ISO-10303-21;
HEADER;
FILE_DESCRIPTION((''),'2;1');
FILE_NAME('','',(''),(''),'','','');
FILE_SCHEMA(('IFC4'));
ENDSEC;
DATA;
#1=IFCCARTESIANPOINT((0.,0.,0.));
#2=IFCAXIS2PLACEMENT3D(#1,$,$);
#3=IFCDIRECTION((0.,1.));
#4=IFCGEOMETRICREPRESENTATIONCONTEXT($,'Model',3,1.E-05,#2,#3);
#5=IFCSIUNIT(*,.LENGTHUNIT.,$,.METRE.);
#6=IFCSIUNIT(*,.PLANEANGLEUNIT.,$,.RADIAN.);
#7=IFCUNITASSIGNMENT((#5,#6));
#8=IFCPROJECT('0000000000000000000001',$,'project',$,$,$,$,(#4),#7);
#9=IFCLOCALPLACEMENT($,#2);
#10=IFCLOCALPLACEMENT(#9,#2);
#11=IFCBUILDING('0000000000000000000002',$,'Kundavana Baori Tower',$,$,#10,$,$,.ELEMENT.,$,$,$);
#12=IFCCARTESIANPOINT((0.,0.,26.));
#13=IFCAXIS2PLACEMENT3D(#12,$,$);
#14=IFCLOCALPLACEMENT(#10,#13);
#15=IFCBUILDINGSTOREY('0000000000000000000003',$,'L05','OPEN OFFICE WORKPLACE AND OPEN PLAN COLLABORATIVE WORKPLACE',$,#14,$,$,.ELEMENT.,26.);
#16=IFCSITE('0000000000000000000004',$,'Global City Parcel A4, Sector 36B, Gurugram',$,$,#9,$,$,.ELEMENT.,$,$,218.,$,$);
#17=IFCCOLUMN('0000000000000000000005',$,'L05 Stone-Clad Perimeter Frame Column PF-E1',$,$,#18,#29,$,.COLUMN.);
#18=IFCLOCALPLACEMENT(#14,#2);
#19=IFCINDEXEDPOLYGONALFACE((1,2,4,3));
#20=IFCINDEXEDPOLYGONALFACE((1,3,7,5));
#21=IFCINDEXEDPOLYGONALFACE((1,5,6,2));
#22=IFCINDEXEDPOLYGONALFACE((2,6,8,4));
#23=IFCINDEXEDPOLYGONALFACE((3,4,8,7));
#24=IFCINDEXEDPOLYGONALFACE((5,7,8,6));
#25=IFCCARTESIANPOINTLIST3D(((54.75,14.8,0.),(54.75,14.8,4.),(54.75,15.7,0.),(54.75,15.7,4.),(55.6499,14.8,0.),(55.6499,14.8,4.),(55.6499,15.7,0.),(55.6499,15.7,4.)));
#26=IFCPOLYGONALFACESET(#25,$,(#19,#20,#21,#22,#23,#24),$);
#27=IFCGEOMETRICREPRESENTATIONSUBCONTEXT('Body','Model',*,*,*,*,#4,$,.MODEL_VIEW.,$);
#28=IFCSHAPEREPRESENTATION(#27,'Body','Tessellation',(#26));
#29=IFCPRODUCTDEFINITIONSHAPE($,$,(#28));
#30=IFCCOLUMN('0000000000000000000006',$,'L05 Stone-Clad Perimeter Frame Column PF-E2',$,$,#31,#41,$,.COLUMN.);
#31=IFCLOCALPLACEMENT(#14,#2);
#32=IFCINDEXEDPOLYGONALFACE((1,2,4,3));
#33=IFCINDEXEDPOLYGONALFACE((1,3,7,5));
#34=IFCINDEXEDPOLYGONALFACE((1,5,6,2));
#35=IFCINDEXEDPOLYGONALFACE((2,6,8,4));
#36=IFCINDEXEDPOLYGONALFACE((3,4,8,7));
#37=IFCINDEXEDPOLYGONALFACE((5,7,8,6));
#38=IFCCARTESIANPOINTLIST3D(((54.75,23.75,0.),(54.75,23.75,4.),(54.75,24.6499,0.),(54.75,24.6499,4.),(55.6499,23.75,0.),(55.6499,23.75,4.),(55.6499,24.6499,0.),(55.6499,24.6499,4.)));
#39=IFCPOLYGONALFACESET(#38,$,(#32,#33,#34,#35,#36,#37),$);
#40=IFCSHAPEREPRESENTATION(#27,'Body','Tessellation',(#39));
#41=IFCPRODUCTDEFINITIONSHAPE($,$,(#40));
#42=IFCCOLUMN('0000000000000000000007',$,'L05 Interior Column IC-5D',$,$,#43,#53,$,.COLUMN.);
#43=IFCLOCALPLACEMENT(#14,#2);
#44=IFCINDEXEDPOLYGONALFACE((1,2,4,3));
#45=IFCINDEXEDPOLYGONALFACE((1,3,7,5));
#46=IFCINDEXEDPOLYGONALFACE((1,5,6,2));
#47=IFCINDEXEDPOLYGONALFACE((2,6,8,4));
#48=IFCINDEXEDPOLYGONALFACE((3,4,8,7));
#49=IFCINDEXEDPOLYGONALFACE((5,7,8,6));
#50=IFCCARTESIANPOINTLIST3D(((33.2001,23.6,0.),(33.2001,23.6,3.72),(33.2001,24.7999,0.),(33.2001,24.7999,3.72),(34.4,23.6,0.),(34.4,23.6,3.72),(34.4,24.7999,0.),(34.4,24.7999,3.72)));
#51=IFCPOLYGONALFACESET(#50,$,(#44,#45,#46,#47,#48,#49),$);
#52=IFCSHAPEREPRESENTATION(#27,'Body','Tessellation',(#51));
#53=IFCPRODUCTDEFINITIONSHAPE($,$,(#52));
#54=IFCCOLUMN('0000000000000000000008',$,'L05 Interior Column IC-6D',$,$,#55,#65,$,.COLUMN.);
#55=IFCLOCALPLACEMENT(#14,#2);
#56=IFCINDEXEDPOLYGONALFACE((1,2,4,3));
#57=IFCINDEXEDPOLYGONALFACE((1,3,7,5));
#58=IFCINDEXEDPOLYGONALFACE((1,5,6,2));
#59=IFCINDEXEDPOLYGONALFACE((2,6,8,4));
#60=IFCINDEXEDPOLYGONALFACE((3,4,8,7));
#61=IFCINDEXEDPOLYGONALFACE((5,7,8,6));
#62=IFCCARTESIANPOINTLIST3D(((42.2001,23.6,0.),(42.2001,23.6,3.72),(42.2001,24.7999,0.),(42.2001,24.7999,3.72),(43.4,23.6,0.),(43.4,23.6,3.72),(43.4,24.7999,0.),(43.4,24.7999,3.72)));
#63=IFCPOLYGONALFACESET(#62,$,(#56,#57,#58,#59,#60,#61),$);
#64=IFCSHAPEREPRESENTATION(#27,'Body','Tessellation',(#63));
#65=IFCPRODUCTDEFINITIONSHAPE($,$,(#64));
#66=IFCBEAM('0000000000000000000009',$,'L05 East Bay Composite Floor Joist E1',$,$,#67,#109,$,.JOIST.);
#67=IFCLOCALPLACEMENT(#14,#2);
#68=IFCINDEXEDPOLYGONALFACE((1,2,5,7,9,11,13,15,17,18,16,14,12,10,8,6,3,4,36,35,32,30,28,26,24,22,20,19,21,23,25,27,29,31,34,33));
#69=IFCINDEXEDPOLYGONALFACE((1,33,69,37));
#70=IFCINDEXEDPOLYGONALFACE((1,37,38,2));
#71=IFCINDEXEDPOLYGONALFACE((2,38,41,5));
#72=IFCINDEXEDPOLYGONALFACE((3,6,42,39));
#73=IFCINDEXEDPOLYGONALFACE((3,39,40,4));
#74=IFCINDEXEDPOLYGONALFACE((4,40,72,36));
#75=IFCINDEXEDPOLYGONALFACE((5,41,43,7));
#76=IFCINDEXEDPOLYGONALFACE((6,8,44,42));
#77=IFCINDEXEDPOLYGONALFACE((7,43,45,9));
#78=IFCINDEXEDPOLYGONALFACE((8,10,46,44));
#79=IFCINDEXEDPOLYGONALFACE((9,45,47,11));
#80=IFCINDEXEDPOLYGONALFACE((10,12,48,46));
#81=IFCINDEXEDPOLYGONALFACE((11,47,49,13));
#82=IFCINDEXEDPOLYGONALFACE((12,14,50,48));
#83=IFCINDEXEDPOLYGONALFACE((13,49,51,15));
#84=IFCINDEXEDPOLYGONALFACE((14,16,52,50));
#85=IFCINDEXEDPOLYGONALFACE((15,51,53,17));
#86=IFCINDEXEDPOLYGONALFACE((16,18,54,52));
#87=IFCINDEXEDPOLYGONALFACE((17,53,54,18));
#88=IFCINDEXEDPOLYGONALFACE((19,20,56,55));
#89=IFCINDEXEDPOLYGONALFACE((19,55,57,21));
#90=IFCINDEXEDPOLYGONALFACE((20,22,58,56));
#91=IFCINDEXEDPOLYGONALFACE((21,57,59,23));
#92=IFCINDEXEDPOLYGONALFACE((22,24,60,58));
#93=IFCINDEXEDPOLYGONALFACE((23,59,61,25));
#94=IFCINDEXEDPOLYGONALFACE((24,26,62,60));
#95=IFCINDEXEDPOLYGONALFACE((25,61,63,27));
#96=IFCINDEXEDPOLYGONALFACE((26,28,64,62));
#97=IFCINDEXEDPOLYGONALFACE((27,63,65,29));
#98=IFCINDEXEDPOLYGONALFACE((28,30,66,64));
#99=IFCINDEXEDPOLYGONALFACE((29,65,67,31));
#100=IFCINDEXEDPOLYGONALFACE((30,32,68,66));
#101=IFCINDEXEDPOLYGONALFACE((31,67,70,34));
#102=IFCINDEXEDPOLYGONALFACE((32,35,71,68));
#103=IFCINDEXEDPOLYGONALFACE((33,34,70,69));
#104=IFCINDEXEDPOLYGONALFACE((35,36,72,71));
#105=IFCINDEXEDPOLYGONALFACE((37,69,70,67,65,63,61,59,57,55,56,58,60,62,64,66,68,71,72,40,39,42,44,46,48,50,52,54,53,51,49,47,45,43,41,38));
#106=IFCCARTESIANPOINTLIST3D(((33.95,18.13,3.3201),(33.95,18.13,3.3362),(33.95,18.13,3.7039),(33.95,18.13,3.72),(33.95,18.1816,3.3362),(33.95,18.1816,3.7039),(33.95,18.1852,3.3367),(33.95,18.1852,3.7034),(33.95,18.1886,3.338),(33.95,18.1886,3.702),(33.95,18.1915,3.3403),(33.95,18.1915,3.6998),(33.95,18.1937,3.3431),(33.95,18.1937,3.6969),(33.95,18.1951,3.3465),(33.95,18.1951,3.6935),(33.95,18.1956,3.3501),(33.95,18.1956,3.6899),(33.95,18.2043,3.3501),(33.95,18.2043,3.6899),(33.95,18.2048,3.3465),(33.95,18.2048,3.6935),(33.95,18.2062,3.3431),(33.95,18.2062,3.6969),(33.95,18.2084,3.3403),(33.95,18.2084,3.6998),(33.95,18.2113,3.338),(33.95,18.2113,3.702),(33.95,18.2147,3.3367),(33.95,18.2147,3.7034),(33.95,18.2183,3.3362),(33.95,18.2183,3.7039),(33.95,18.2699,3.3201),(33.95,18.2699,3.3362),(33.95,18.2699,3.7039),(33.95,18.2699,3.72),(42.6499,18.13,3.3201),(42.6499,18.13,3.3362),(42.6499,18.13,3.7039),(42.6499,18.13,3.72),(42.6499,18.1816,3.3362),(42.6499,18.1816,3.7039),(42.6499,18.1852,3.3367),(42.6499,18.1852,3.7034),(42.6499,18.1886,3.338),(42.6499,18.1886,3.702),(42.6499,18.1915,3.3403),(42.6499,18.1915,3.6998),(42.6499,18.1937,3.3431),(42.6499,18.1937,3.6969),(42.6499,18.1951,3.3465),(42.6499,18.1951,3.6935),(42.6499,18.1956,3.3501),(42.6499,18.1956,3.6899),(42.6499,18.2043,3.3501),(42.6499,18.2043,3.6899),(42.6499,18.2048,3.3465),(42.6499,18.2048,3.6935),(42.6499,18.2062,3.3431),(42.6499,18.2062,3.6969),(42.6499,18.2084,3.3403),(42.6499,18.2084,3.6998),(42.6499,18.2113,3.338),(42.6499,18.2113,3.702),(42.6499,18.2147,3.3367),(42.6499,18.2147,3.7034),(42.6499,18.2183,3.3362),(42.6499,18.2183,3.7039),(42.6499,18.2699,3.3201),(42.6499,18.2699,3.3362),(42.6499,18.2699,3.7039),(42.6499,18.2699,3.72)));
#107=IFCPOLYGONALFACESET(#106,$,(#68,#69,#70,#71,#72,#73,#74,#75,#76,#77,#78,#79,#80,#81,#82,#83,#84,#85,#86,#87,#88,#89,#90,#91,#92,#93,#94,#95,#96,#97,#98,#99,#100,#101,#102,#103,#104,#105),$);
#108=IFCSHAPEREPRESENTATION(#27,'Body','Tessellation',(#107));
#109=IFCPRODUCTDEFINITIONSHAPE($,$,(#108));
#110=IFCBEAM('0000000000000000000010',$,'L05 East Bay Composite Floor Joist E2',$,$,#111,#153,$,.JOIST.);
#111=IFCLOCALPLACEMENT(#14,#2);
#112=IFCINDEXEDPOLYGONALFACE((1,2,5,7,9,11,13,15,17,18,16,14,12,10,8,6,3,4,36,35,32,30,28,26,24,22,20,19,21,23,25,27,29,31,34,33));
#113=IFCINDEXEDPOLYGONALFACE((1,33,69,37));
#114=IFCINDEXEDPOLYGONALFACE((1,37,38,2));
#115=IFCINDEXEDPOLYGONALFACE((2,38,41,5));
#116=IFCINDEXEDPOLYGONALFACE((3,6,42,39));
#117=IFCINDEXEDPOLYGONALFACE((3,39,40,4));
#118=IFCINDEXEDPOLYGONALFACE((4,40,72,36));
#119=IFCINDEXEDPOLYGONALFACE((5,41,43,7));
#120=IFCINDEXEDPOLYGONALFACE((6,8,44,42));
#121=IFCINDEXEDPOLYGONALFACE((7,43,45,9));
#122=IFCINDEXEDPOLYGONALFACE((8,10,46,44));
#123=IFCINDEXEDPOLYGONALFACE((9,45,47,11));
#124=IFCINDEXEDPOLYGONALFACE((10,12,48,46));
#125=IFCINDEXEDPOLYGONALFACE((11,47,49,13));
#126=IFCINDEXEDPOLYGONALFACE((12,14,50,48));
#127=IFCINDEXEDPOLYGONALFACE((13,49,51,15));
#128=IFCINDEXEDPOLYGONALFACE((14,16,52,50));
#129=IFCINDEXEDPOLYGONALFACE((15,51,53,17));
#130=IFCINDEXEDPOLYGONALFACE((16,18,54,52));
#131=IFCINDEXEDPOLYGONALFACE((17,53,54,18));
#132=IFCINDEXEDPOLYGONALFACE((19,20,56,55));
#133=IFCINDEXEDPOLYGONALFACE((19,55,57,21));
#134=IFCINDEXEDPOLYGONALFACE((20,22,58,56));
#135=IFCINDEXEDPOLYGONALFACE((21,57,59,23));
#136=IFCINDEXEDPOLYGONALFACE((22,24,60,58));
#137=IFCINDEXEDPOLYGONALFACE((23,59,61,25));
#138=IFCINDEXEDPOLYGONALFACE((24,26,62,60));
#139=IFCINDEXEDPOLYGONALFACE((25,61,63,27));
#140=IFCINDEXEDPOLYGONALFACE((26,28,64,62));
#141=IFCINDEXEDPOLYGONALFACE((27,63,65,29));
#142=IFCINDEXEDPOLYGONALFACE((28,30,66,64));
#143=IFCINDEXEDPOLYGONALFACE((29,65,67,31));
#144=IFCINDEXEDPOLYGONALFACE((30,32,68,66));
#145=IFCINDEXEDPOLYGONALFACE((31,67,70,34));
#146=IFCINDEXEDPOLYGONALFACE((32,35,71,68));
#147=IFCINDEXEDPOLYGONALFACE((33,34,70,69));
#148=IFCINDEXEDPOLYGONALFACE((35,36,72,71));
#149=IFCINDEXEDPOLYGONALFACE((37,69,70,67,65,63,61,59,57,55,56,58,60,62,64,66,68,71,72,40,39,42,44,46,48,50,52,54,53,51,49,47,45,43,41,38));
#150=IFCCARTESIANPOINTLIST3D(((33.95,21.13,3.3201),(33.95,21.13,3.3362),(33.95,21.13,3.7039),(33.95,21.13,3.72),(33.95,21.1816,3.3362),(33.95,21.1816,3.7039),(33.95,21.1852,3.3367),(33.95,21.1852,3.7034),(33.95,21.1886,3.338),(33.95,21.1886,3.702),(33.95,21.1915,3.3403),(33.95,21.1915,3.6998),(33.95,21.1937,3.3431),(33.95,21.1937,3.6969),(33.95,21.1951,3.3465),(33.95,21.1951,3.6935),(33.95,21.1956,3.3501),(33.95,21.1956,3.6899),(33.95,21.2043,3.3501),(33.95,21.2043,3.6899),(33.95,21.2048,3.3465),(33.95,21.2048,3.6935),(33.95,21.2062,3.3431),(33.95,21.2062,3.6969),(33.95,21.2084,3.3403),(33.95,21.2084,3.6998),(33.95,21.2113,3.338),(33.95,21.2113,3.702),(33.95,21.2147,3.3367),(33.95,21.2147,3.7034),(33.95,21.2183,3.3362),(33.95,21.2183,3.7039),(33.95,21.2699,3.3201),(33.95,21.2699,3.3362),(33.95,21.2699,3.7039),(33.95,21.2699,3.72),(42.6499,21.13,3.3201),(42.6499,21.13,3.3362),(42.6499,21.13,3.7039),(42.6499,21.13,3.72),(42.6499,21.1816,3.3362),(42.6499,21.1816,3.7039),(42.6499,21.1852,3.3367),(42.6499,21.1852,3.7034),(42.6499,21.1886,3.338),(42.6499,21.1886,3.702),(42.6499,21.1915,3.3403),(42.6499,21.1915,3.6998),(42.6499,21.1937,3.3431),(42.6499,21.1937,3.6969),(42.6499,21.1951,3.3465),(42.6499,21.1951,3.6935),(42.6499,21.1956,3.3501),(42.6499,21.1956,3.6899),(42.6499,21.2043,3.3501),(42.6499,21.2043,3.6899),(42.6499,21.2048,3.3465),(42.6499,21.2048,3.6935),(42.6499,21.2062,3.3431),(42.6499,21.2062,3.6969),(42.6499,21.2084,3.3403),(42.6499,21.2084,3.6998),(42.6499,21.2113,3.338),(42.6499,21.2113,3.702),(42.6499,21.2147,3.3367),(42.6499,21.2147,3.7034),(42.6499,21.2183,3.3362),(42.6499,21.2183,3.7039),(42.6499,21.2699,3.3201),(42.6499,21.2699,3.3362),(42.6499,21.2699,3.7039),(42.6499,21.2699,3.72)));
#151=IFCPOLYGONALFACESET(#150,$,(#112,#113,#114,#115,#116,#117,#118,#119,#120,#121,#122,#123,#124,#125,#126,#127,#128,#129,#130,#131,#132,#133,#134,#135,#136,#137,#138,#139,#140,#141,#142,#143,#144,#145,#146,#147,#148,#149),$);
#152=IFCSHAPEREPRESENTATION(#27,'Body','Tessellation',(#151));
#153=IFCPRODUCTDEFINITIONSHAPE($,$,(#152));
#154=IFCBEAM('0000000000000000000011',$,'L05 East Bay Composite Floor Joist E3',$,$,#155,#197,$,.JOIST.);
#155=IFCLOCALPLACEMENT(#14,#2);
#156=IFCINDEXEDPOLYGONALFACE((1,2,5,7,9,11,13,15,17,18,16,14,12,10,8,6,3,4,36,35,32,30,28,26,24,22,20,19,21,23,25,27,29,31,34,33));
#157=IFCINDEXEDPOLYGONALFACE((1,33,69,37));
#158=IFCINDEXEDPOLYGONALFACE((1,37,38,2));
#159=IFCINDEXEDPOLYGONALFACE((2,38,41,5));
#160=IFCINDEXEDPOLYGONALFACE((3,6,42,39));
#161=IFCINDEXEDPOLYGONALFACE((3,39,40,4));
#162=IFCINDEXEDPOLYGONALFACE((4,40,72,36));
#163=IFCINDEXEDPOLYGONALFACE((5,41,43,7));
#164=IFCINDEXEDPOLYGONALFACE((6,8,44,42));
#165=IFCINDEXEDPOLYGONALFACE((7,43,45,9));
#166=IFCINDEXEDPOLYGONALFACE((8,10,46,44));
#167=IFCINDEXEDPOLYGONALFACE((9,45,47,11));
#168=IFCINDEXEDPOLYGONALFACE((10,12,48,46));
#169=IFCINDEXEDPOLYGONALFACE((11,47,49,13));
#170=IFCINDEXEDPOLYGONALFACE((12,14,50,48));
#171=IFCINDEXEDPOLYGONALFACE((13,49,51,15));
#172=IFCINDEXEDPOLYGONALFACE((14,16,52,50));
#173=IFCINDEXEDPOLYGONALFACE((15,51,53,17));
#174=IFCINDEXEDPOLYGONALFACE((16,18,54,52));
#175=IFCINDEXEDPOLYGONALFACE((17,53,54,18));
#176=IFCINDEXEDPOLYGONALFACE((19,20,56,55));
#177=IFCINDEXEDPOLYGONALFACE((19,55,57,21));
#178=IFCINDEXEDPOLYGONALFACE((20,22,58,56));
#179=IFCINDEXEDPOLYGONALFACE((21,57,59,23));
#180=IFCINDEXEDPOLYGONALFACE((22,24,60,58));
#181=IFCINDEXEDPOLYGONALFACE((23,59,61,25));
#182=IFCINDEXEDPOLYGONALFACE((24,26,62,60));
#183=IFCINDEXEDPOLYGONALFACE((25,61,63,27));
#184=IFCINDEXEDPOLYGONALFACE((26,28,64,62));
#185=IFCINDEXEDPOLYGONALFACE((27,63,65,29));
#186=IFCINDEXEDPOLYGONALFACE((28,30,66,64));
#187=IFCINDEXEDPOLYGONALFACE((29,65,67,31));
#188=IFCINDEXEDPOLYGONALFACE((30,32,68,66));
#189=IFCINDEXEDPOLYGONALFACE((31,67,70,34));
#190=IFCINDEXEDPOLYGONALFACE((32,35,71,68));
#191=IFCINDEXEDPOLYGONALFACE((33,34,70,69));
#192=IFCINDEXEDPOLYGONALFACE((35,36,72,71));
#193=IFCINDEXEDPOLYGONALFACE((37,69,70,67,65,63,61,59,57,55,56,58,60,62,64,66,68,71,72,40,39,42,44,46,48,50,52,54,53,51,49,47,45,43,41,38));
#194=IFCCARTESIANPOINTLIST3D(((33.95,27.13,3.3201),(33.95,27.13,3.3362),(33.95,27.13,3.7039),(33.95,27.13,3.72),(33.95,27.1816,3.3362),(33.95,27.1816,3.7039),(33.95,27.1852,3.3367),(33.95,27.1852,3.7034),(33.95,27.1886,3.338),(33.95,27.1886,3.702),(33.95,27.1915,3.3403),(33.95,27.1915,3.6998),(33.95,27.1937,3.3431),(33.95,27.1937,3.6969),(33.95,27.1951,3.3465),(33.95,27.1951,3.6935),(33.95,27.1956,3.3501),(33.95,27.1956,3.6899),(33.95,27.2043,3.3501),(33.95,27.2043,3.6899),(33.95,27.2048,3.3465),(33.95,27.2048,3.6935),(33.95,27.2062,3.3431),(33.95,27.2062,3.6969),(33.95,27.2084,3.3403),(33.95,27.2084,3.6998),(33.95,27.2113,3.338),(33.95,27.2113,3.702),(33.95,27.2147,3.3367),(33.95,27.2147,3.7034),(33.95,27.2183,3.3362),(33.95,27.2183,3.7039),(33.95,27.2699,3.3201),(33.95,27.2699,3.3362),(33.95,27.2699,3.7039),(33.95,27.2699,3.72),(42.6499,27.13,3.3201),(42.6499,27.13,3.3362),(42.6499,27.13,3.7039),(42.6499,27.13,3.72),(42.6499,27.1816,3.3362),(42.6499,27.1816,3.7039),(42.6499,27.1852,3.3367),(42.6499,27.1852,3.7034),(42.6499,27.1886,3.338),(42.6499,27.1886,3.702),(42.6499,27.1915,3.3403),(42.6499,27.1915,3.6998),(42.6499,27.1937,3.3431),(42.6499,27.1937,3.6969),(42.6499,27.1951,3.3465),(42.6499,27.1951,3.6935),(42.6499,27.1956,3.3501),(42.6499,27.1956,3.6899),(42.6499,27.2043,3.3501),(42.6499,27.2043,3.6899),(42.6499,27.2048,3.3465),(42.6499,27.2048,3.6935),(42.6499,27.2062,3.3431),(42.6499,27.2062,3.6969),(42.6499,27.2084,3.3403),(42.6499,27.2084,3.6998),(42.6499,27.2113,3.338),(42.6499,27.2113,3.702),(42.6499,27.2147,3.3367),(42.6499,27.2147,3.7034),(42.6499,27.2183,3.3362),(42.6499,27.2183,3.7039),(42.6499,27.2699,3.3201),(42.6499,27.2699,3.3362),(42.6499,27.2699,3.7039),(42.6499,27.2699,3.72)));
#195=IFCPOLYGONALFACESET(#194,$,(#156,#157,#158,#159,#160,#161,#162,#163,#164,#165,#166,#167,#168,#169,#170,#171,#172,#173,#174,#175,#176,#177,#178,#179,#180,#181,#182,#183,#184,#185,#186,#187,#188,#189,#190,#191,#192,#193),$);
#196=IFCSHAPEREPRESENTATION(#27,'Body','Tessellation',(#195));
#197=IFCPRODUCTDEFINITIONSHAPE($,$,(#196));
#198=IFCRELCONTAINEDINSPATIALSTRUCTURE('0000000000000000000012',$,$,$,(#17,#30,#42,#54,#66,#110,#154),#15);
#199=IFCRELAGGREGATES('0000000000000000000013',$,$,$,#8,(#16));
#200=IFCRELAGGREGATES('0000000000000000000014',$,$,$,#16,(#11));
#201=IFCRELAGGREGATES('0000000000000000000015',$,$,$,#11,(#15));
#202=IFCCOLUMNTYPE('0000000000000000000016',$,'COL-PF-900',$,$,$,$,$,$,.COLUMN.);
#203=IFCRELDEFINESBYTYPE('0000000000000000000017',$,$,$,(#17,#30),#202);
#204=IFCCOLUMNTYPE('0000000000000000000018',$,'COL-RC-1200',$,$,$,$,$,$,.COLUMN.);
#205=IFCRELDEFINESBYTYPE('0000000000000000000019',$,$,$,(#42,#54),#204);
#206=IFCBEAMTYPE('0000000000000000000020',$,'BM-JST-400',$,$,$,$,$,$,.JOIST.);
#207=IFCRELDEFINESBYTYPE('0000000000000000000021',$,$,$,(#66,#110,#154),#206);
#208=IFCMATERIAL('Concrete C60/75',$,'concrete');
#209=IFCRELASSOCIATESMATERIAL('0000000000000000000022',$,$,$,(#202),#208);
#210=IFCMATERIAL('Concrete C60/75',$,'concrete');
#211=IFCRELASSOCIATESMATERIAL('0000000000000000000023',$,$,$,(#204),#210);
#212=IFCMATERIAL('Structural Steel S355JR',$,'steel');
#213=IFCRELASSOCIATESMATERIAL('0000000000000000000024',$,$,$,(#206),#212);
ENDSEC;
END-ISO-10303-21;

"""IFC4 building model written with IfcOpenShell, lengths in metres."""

from ifc_helpers import new_model, si_unit, direction, frame, origin, origin_2d, place, context, subcontext, project, spatial, rectangle, i_section, extrude, material, material_profile, profile_set, type_object, element, save


model = new_model("IFC4")

# Units and contexts
model_context = context("Model", 3, precision=1e-05, world=origin(), true_north=direction((0.0, 1.0)))
body_context = subcontext(model_context, "Body", "Model", "MODEL_VIEW")
ifc_project = project(units=[si_unit("LENGTHUNIT", "METRE"), si_unit("PLANEANGLEUNIT", "RADIAN")], contexts=[model_context])

# Site, building, storey
site_placement = place(None, origin())
site = spatial("IfcSite", under=ifc_project, at=site_placement, Name="Global City Parcel A4, Sector 36B, Gurugram", CompositionType="ELEMENT", RefElevation=218.0)
building_placement = place(site_placement, origin())
building = spatial("IfcBuilding", under=site, at=building_placement, Name="Kundavana Baori Tower", CompositionType="ELEMENT")
storey_placement = place(building_placement, frame((0.0, 0.0, 26.0)))
storey = spatial("IfcBuildingStorey", under=building, at=storey_placement, Name="L05", Description="OPEN OFFICE WORKPLACE AND OPEN PLAN COLLABORATIVE WORKPLACE", CompositionType="ELEMENT", Elevation=26.0)

# Columns
ifc_material_1 = material(Name="Concrete C60/75", Category="concrete")
ifc_material_profile_1 = material_profile(ifc_material_1, rectangle(XDim=0.8999, YDim=0.8999, at=origin_2d()), Name="RC PF 900x900")
ifc_profile_set_1 = profile_set([ifc_material_profile_1], Name="Concrete C60/75")
column_type_1 = type_object("IfcColumnType", Name="COL-PF-900", PredefinedType="COLUMN", material=ifc_profile_set_1)
for number, where, z_axis, x_axis, name in (
    (1, (55.2, 15.25, 0.0), (0.0, 0.0, 1.0), (1.0, 0.0, 0.0), "L05 Stone-Clad Perimeter Frame Column PF-E1"),
    (2, (55.2, 24.2, 0.0), (0.0, 0.0, 1.0), (1.0, 0.0, 0.0), "L05 Stone-Clad Perimeter Frame Column PF-E2"),
):
    element("IfcColumn", number, at=place(storey_placement, frame(where, z_axis=z_axis, x_axis=x_axis)), inside=storey, type_object=column_type_1, Name=name, PredefinedType="COLUMN", context=body_context, shape_type="SweptSolid", body=[
        extrude(rectangle(XDim=0.8999, YDim=0.8999, at=origin_2d()), origin(), (0.0, 0.0, 1.0), 4.0),
    ])
ifc_material_2 = material(Name="Concrete C60/75", Category="concrete")
ifc_material_profile_2 = material_profile(ifc_material_2, rectangle(XDim=1.2, YDim=1.2, at=origin_2d()), Name="RC 1200x1200")
ifc_profile_set_2 = profile_set([ifc_material_profile_2], Name="Concrete C60/75")
column_type_2 = type_object("IfcColumnType", Name="COL-RC-1200", PredefinedType="COLUMN", material=ifc_profile_set_2)
for number, where, z_axis, x_axis, name in (
    (3, (33.8, 24.2, 0.0), (0.0, 0.0, 1.0), (1.0, 0.0, 0.0), "L05 Interior Column IC-5D"),
    (4, (42.8, 24.2, 0.0), (0.0, 0.0, 1.0), (1.0, 0.0, 0.0), "L05 Interior Column IC-6D"),
):
    element("IfcColumn", number, at=place(storey_placement, frame(where, z_axis=z_axis, x_axis=x_axis)), inside=storey, type_object=column_type_2, Name=name, PredefinedType="COLUMN", context=body_context, shape_type="SweptSolid", body=[
        extrude(rectangle(XDim=1.2, YDim=1.2, at=origin_2d()), origin(), (0.0, 0.0, 1.0), 3.72),
    ])

# Beams
ifc_material_3 = material(Name="Structural Steel S355JR", Category="steel")
ifc_material_profile_3 = material_profile(ifc_material_3, i_section(OverallWidth=0.1399, OverallDepth=0.3999, WebThickness=0.0088, FlangeThickness=0.0161, FilletRadius=0.0139, at=origin_2d()), Name="ISMB 400")
ifc_profile_set_3 = profile_set([ifc_material_profile_3], Name="Structural Steel S355JR")
beam_type_1 = type_object("IfcBeamType", Name="BM-JST-400", PredefinedType="JOIST", material=ifc_profile_set_3)
for number, where, z_axis, x_axis, name in (
    (5, (33.95, 18.2, 3.52), (1.0, 0.0, 0.0), (0.0, 1.0, 0.0), "L05 East Bay Composite Floor Joist E1"),
    (6, (33.95, 21.2, 3.52), (1.0, 0.0, 0.0), (0.0, 1.0, 0.0), "L05 East Bay Composite Floor Joist E2"),
    (7, (33.95, 27.2, 3.52), (1.0, 0.0, 0.0), (0.0, 1.0, 0.0), "L05 East Bay Composite Floor Joist E3"),
):
    element("IfcBeam", number, at=place(storey_placement, frame(where, z_axis=z_axis, x_axis=x_axis)), inside=storey, type_object=beam_type_1, Name=name, PredefinedType="JOIST", context=body_context, shape_type="SweptSolid", body=[
        extrude(i_section(OverallWidth=0.1399, OverallDepth=0.3999, WebThickness=0.0088, FlangeThickness=0.0161, FilletRadius=0.0139, at=origin_2d()), origin(), (0.0, 0.0, 1.0), 8.7),
    ])

save(model, "model.ifc")
